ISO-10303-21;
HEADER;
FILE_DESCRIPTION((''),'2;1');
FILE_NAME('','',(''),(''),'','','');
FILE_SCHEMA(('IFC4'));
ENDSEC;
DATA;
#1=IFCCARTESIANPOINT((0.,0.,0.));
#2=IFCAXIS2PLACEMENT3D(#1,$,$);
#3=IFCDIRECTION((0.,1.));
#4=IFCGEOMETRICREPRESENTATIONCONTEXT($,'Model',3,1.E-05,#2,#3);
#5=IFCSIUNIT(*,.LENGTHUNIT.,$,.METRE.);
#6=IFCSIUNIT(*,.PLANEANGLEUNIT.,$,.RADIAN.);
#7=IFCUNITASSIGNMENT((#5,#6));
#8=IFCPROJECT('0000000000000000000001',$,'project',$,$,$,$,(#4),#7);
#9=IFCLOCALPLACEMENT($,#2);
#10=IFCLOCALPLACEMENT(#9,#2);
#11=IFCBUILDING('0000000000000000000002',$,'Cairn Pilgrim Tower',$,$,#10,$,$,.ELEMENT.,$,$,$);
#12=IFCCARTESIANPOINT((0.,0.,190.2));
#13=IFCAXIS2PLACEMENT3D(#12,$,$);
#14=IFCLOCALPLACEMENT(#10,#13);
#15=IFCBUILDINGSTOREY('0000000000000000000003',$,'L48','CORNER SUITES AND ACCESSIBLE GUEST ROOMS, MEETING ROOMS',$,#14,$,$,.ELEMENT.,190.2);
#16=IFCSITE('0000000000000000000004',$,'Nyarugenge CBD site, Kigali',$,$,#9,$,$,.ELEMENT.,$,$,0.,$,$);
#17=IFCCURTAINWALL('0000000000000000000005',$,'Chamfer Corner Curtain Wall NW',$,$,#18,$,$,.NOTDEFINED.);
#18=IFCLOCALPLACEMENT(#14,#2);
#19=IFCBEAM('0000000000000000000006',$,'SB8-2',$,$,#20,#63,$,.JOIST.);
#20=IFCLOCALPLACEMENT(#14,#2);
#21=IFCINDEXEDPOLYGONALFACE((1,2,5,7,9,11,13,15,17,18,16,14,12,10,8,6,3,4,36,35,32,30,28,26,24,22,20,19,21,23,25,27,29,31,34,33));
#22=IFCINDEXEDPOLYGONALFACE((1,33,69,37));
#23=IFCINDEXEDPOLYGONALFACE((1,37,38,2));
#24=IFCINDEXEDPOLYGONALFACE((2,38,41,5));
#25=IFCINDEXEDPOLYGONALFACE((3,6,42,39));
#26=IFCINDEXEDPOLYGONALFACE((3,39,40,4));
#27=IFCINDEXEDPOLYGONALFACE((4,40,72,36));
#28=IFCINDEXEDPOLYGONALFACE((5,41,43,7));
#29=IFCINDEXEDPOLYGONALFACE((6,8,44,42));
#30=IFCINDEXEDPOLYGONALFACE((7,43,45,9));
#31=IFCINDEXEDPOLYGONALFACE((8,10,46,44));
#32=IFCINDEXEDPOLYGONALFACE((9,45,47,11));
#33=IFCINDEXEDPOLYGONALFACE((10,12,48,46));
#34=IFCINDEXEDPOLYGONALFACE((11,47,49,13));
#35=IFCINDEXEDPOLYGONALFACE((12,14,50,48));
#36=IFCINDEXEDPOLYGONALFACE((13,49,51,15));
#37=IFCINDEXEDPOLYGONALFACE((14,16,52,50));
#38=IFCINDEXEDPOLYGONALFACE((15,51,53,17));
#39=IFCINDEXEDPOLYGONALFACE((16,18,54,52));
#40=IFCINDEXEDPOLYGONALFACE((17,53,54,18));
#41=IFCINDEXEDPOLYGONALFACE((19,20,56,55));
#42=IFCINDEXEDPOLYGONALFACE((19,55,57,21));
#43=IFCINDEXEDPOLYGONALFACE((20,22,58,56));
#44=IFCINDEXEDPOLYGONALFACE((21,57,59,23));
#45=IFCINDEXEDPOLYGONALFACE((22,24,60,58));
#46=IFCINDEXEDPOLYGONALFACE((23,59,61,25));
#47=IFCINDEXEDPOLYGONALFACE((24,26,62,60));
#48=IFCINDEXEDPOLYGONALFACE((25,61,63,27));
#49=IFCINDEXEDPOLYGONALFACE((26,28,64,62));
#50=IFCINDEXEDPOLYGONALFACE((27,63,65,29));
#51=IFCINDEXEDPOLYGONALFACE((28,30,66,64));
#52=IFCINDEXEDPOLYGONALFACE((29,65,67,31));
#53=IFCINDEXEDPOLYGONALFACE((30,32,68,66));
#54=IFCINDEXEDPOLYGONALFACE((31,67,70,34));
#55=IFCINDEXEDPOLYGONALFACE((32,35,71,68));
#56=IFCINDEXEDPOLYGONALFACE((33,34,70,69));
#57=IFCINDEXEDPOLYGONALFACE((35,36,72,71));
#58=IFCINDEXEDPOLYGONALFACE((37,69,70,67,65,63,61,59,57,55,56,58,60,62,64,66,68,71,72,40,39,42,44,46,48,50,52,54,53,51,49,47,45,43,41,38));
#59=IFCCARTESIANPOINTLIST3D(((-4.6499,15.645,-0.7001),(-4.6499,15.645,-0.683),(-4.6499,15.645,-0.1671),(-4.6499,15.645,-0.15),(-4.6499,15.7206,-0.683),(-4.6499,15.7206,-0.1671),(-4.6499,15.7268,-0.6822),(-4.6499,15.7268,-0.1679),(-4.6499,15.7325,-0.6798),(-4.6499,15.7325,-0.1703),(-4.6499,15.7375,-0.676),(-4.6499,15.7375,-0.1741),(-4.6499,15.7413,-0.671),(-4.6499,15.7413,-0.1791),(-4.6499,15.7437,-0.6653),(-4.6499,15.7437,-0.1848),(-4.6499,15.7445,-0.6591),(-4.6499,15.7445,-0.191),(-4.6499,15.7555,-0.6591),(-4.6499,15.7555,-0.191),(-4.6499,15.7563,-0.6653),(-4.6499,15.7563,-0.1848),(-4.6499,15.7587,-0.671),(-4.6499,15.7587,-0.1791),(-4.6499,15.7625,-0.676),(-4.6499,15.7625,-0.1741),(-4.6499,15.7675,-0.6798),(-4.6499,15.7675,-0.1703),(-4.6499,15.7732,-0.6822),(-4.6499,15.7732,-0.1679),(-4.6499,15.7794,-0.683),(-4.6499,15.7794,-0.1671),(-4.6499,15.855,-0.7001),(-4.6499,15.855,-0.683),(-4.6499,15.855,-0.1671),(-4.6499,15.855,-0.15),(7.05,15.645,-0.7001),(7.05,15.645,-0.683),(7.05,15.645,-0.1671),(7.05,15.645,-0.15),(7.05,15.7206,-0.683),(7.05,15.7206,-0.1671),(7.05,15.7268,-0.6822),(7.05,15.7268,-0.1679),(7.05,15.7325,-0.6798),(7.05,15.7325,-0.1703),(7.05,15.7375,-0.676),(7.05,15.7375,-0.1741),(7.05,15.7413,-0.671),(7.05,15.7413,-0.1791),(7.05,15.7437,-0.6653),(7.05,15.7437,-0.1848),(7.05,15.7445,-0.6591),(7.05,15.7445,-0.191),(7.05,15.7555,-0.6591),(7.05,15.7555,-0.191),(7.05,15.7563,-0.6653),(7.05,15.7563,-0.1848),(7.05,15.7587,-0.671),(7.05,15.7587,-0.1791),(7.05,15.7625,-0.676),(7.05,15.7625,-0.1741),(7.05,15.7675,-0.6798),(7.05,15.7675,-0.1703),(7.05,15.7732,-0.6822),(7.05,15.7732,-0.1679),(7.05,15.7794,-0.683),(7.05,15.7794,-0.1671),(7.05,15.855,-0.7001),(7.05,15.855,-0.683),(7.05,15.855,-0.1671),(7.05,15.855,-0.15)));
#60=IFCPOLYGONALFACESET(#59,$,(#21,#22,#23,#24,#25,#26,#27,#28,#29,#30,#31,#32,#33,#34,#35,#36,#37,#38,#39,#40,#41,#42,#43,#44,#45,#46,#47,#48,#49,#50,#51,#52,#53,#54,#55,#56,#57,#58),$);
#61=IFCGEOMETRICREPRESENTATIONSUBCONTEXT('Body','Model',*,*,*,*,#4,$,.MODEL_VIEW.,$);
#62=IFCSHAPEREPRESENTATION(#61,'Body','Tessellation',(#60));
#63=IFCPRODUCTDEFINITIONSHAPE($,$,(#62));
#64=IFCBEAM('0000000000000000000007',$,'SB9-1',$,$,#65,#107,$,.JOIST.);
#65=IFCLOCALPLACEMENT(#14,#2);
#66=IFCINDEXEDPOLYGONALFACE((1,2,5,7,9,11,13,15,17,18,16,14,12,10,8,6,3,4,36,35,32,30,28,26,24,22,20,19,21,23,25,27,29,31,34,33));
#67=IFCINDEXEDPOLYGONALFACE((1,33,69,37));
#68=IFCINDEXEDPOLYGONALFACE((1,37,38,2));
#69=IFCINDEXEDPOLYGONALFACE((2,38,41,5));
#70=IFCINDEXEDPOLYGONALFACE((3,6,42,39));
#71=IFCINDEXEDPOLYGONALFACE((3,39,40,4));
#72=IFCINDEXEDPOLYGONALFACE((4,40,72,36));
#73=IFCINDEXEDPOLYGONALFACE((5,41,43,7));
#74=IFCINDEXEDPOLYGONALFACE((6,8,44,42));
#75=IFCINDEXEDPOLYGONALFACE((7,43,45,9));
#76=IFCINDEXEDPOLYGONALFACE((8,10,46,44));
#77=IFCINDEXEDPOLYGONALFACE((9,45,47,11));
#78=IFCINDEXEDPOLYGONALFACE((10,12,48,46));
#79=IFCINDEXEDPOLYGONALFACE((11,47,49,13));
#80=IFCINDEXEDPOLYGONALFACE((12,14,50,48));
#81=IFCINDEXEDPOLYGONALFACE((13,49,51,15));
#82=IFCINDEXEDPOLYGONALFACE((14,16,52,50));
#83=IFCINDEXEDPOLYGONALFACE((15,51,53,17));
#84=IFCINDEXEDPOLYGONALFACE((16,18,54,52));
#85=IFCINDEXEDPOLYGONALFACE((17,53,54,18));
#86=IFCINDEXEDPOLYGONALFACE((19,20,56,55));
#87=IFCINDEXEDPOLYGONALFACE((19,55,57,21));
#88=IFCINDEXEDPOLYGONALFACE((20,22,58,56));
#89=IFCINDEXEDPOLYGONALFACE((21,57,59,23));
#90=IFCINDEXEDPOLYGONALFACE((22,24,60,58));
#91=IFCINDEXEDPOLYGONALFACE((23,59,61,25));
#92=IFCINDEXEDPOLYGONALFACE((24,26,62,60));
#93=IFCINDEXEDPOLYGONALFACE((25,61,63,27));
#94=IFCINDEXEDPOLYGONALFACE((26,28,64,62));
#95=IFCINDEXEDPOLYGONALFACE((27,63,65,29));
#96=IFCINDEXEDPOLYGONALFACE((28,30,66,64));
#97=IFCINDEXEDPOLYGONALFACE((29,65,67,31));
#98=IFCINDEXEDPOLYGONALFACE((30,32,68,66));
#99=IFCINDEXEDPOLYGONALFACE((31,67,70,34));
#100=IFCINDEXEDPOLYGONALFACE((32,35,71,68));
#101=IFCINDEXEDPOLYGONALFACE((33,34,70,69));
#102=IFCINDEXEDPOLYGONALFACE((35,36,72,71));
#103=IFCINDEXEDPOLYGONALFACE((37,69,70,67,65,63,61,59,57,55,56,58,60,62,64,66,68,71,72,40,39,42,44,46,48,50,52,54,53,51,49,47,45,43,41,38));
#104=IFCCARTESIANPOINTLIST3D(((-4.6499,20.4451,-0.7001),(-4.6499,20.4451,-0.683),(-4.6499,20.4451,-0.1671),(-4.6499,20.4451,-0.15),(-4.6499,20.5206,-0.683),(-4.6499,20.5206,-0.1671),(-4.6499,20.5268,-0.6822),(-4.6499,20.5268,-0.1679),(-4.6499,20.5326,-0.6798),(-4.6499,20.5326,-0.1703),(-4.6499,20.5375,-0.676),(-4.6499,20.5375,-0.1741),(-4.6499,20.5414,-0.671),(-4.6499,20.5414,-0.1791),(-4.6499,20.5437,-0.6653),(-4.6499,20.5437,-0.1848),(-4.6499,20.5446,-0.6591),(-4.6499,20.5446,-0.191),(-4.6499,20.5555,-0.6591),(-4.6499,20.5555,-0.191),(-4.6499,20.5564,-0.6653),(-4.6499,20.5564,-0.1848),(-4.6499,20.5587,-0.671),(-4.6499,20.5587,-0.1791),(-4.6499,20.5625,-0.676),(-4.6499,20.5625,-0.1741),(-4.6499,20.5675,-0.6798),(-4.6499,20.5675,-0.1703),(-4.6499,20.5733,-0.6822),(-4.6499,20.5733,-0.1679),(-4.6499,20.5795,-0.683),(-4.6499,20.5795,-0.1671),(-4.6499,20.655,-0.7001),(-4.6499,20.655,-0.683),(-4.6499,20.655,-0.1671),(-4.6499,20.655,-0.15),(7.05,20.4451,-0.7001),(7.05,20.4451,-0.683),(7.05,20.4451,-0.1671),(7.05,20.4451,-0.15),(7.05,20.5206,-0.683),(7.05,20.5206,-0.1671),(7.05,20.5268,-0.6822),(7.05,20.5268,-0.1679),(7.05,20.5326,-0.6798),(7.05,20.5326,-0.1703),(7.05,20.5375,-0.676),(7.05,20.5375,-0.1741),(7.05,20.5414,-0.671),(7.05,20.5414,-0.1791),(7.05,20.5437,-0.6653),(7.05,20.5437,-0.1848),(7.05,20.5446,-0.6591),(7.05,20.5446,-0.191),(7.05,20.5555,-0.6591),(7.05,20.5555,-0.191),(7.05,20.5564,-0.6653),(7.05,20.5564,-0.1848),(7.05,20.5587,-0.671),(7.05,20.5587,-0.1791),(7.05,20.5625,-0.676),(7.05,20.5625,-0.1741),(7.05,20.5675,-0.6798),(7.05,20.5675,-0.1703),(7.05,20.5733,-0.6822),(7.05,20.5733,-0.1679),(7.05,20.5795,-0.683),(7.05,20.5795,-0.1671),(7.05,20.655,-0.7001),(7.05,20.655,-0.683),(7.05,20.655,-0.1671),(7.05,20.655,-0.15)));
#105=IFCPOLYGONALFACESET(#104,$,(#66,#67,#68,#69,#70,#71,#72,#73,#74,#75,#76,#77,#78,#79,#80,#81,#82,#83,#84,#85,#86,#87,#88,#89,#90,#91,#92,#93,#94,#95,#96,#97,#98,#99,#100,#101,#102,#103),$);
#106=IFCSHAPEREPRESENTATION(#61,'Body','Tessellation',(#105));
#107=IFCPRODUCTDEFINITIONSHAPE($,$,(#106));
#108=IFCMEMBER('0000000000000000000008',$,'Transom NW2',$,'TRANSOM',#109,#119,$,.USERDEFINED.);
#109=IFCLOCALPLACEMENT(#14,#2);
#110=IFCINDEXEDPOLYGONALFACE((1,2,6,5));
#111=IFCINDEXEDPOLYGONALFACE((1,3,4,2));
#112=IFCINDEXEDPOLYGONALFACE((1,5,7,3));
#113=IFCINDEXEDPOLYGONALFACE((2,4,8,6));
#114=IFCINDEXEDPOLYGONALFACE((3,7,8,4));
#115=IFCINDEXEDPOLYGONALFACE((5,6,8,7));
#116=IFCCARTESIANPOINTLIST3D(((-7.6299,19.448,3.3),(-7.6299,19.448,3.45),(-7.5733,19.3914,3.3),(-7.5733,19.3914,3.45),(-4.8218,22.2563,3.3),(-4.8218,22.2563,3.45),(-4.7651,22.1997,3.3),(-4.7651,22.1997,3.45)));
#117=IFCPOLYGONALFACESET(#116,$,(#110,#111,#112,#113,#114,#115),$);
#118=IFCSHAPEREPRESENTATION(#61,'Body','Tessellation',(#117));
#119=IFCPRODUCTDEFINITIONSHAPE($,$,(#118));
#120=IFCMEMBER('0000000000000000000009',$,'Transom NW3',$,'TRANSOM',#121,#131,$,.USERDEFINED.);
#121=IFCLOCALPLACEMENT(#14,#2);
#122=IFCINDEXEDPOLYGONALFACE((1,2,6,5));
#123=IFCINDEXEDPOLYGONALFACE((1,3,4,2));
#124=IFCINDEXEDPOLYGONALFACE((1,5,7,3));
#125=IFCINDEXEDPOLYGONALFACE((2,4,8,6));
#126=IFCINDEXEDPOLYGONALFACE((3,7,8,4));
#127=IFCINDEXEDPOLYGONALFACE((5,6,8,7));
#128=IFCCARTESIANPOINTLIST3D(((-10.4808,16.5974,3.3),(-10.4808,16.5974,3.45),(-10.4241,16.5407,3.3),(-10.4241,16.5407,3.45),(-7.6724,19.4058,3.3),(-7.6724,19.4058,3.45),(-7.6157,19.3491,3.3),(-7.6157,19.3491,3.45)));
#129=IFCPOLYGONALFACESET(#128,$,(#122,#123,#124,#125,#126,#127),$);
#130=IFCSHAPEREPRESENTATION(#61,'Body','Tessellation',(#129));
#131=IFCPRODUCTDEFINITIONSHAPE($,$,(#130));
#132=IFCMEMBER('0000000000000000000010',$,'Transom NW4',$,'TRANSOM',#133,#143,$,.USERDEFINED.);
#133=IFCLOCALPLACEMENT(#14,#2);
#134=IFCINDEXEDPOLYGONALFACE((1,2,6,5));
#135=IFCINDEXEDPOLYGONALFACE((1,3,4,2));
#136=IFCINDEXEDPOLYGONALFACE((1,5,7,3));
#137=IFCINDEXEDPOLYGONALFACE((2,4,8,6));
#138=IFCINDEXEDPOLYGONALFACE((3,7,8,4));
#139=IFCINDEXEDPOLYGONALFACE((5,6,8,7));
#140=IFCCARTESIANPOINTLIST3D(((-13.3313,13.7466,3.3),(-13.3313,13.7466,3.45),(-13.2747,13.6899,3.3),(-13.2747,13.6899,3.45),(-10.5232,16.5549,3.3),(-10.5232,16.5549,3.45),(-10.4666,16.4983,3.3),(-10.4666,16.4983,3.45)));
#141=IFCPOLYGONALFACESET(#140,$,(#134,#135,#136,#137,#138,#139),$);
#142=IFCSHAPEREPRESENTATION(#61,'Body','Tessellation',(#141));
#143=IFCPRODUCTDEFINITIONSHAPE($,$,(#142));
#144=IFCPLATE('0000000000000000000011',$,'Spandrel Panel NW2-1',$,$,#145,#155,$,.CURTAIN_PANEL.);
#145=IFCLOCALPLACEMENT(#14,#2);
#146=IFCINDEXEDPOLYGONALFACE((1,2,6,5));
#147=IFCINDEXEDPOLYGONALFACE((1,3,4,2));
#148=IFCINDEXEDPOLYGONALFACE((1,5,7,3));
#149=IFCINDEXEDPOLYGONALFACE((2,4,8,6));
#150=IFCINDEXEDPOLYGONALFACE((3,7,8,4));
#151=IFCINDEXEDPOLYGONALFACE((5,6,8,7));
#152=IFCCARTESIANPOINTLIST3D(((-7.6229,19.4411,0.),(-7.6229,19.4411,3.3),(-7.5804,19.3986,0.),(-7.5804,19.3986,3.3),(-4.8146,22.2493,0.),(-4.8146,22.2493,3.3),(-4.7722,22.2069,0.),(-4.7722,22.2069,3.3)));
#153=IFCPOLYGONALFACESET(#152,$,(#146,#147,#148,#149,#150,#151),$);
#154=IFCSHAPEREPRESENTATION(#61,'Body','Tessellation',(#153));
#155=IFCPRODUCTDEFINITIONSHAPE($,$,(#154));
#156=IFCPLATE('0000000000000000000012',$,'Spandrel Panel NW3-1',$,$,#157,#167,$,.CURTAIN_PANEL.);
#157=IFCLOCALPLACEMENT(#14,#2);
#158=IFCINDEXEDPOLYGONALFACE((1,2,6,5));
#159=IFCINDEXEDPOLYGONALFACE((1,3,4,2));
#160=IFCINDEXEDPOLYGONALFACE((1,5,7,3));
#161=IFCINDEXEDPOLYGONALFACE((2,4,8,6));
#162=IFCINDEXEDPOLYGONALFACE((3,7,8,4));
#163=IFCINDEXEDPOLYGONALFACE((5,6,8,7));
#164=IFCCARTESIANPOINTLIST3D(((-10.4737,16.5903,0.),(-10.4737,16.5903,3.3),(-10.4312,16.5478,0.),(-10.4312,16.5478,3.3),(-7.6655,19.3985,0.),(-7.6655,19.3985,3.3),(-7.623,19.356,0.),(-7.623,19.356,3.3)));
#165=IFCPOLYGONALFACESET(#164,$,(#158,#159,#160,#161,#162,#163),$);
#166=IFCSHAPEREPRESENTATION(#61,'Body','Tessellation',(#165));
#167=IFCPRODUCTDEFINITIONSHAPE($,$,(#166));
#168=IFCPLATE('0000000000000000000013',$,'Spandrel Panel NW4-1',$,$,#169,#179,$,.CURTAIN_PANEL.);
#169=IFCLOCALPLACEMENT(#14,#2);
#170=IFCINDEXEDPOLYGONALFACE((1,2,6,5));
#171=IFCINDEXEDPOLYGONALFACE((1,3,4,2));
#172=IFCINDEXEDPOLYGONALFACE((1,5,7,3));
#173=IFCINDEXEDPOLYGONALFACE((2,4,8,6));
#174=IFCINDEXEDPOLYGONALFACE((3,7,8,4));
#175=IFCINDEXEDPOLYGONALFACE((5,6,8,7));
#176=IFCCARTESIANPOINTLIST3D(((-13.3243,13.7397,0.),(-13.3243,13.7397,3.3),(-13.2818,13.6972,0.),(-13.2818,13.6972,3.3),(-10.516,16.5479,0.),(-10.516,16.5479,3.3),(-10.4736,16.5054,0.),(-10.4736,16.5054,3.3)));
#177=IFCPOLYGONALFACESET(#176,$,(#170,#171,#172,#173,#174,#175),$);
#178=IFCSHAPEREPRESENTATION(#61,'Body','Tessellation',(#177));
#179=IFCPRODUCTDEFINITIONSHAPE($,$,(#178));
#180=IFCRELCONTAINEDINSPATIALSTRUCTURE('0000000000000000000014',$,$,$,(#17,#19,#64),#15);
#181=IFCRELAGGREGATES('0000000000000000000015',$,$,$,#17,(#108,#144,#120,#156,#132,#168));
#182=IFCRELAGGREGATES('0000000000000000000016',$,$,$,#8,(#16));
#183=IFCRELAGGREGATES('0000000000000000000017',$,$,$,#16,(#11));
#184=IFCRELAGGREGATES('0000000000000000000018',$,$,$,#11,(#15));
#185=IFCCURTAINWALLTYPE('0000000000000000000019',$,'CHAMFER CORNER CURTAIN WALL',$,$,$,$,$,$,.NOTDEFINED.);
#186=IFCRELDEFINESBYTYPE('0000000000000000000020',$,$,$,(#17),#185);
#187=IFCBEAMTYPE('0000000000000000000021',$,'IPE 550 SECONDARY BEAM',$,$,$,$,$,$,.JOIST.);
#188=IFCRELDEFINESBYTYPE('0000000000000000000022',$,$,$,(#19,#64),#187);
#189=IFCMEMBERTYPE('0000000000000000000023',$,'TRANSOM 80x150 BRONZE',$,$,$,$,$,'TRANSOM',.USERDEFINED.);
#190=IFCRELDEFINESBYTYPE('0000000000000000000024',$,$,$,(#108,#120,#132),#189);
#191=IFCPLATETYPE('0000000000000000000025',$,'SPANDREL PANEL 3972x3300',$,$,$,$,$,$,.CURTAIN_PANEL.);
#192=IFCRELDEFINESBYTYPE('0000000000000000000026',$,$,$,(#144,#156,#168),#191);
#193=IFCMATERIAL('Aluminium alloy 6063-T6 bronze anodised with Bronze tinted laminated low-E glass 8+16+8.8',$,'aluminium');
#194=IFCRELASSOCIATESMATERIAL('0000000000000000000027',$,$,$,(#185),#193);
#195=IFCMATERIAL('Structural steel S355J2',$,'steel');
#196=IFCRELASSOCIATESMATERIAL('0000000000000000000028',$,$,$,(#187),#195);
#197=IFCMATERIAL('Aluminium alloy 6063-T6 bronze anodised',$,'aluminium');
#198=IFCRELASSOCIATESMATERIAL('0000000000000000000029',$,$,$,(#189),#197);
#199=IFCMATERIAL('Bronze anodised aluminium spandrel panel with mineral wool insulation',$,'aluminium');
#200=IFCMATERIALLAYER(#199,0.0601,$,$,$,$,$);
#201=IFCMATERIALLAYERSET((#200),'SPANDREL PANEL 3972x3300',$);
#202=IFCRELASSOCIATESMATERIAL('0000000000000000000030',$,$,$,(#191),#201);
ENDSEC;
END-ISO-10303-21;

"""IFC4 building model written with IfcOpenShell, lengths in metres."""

from ifc_helpers import new_model, si_unit, direction, frame, origin, origin_2d, place, context, subcontext, project, spatial, rectangle, i_section, extrude, material, layer, layer_set, material_profile, profile_set, type_object, element, aggregate, save


model = new_model("IFC4")

# Units and contexts
model_context = context("Model", 3, precision=1e-05, world=origin(), true_north=direction((0.0, 1.0)))
body_context = subcontext(model_context, "Body", "Model", "MODEL_VIEW")
ifc_project = project(units=[si_unit("LENGTHUNIT", "METRE"), si_unit("PLANEANGLEUNIT", "RADIAN")], contexts=[model_context])

# Site, building, storey
site_placement = place(None, origin())
site = spatial("IfcSite", under=ifc_project, at=site_placement, Name="Nyarugenge CBD site, Kigali", CompositionType="ELEMENT", RefElevation=0.0)
building_placement = place(site_placement, origin())
building = spatial("IfcBuilding", under=site, at=building_placement, Name="Cairn Pilgrim Tower", CompositionType="ELEMENT")
storey_placement = place(building_placement, frame((0.0, 0.0, 190.2)))
storey = spatial("IfcBuildingStorey", under=building, at=storey_placement, Name="L48", Description="CORNER SUITES AND ACCESSIBLE GUEST ROOMS, MEETING ROOMS", CompositionType="ELEMENT", Elevation=190.2)

# Shared definitions
ifc_material_1 = material(Name="Structural steel S355J2", Category="steel")

# Curtain wall
ifc_material_2 = material(Name="Aluminium alloy 6063-T6 bronze anodised with Bronze tinted laminated low-E glass 8+16+8.8", Category="aluminium")
curtain_wall_type = type_object("IfcCurtainWallType", Name="CHAMFER CORNER CURTAIN WALL", PredefinedType="NOTDEFINED", material=ifc_material_2)
curtain_wall_placement = place(storey_placement, origin())
curtain_wall = element("IfcCurtainWall", 1, at=curtain_wall_placement, inside=storey, type_object=curtain_wall_type, Name="Chamfer Corner Curtain Wall NW", PredefinedType="NOTDEFINED")
ifc_material_3 = material(Name="Aluminium alloy 6063-T6 bronze anodised", Category="aluminium")

# Beams
ifc_material_profile_1 = material_profile(ifc_material_1, i_section(OverallWidth=0.21, OverallDepth=0.55, WebThickness=0.011, FlangeThickness=0.0171, FilletRadius=0.0239, at=origin_2d()), Name="IPE 550")
ifc_profile_set_1 = profile_set([ifc_material_profile_1], Name="Structural steel S355J2")
beam_type_1 = type_object("IfcBeamType", Name="IPE 550 SECONDARY BEAM", PredefinedType="JOIST", material=ifc_profile_set_1)
for number, where, z_axis, x_axis, name in (
    (2, (-4.6499, 15.75, -0.425), (1.0, 0.0, 0.0), (0.0, 1.0, 0.0), "SB8-2"),
    (3, (-4.6499, 20.55, -0.425), (1.0, 0.0, 0.0), (0.0, 1.0, 0.0), "SB9-1"),
):
    element("IfcBeam", number, at=place(storey_placement, frame(where, z_axis=z_axis, x_axis=x_axis)), inside=storey, type_object=beam_type_1, Name=name, PredefinedType="JOIST", context=body_context, shape_type="SweptSolid", body=[
        extrude(i_section(OverallWidth=0.21, OverallDepth=0.55, WebThickness=0.011, FlangeThickness=0.0171, FilletRadius=0.0239, at=origin_2d()), origin(), (0.0, 0.0, 1.0), 11.7),
    ])

# Members
ifc_material_profile_2 = material_profile(ifc_material_3, rectangle(XDim=0.0801, YDim=0.1499, at=origin_2d()), Name="TRANSOM 80x150 BRONZE")
ifc_profile_set_2 = profile_set([ifc_material_profile_2], Name="Aluminium alloy 6063-T6 bronze anodised")
member_type_1 = type_object("IfcMemberType", Name="TRANSOM 80x150 BRONZE", ElementType="TRANSOM", PredefinedType="USERDEFINED", material=ifc_profile_set_2)
member_1_placement = place(storey_placement, frame((-4.7935, 22.228, 3.375), z_axis=(-0.707076, -0.707138, 0.0), x_axis=(0.707138, -0.707076, 0.0)))
member_1 = element("IfcMember", 4, at=member_1_placement, type_object=member_type_1, Name="Transom NW2", ObjectType="TRANSOM", PredefinedType="USERDEFINED", context=body_context, shape_type="SweptSolid", body=[
    extrude(rectangle(XDim=0.0801, YDim=0.1499, at=origin_2d()), origin(), (0.0, 0.0, 1.0), 3.9714),
])
member_2_placement = place(storey_placement, frame((-7.644, 19.3774, 3.375), z_axis=(-0.707107, -0.707107, 0.0), x_axis=(0.707107, -0.707107, 0.0)))
member_2 = element("IfcMember", 5, at=member_2_placement, type_object=member_type_1, Name="Transom NW3", ObjectType="TRANSOM", PredefinedType="USERDEFINED", context=body_context, shape_type="SweptSolid", body=[
    extrude(rectangle(XDim=0.0801, YDim=0.1499, at=origin_2d()), origin(), (0.0, 0.0, 1.0), 3.9717),
])
member_3_placement = place(storey_placement, frame((-10.4949, 16.5266, 3.375), z_axis=(-0.707076, -0.707138, 0.0), x_axis=(0.707138, -0.707076, 0.0)))
member_3 = element("IfcMember", 6, at=member_3_placement, type_object=member_type_1, Name="Transom NW4", ObjectType="TRANSOM", PredefinedType="USERDEFINED", context=body_context, shape_type="SweptSolid", body=[
    extrude(rectangle(XDim=0.0801, YDim=0.1499, at=origin_2d()), origin(), (0.0, 0.0, 1.0), 3.9714),
])

# Plates
ifc_material_4 = material(Name="Bronze anodised aluminium spandrel panel with mineral wool insulation", Category="aluminium")
ifc_layer_1 = layer(ifc_material_4, 0.0601)
ifc_layer_set_1 = layer_set([ifc_layer_1], Name="SPANDREL PANEL 3972x3300")
plate_type = type_object("IfcPlateType", Name="SPANDREL PANEL 3972x3300", PredefinedType="CURTAIN_PANEL", material=ifc_layer_set_1)
plate_1_placement = place(storey_placement, frame((-6.1975, 20.824, 0.0), z_axis=(0.0, 0.0, 1.0), x_axis=(-0.707107, -0.707107, 0.0)))
plate_1 = element("IfcPlate", 7, at=plate_1_placement, type_object=plate_type, Name="Spandrel Panel NW2-1", PredefinedType="CURTAIN_PANEL", context=body_context, shape_type="SweptSolid", body=[
    extrude(rectangle(XDim=3.9714, YDim=0.0601, at=origin_2d()), origin(), (0.0, 0.0, 1.0), 3.3),
])
plate_2_placement = place(storey_placement, frame((-9.0483, 17.9731, 0.0), z_axis=(0.0, 0.0, 1.0), x_axis=(-0.707107, -0.707107, 0.0)))
plate_2 = element("IfcPlate", 8, at=plate_2_placement, type_object=plate_type, Name="Spandrel Panel NW3-1", PredefinedType="CURTAIN_PANEL", context=body_context, shape_type="SweptSolid", body=[
    extrude(rectangle(XDim=3.9714, YDim=0.0601, at=origin_2d()), origin(), (0.0, 0.0, 1.0), 3.3),
])
plate_3_placement = place(storey_placement, frame((-11.8989, 15.1226, 0.0), z_axis=(0.0, 0.0, 1.0), x_axis=(-0.707107, -0.707107, 0.0)))
plate_3 = element("IfcPlate", 9, at=plate_3_placement, type_object=plate_type, Name="Spandrel Panel NW4-1", PredefinedType="CURTAIN_PANEL", context=body_context, shape_type="SweptSolid", body=[
    extrude(rectangle(XDim=3.9714, YDim=0.0601, at=origin_2d()), origin(), (0.0, 0.0, 1.0), 3.3),
])
aggregate(curtain_wall, [member_1, plate_1, member_2, plate_2, member_3, plate_3])

save(model, "model.ifc")
